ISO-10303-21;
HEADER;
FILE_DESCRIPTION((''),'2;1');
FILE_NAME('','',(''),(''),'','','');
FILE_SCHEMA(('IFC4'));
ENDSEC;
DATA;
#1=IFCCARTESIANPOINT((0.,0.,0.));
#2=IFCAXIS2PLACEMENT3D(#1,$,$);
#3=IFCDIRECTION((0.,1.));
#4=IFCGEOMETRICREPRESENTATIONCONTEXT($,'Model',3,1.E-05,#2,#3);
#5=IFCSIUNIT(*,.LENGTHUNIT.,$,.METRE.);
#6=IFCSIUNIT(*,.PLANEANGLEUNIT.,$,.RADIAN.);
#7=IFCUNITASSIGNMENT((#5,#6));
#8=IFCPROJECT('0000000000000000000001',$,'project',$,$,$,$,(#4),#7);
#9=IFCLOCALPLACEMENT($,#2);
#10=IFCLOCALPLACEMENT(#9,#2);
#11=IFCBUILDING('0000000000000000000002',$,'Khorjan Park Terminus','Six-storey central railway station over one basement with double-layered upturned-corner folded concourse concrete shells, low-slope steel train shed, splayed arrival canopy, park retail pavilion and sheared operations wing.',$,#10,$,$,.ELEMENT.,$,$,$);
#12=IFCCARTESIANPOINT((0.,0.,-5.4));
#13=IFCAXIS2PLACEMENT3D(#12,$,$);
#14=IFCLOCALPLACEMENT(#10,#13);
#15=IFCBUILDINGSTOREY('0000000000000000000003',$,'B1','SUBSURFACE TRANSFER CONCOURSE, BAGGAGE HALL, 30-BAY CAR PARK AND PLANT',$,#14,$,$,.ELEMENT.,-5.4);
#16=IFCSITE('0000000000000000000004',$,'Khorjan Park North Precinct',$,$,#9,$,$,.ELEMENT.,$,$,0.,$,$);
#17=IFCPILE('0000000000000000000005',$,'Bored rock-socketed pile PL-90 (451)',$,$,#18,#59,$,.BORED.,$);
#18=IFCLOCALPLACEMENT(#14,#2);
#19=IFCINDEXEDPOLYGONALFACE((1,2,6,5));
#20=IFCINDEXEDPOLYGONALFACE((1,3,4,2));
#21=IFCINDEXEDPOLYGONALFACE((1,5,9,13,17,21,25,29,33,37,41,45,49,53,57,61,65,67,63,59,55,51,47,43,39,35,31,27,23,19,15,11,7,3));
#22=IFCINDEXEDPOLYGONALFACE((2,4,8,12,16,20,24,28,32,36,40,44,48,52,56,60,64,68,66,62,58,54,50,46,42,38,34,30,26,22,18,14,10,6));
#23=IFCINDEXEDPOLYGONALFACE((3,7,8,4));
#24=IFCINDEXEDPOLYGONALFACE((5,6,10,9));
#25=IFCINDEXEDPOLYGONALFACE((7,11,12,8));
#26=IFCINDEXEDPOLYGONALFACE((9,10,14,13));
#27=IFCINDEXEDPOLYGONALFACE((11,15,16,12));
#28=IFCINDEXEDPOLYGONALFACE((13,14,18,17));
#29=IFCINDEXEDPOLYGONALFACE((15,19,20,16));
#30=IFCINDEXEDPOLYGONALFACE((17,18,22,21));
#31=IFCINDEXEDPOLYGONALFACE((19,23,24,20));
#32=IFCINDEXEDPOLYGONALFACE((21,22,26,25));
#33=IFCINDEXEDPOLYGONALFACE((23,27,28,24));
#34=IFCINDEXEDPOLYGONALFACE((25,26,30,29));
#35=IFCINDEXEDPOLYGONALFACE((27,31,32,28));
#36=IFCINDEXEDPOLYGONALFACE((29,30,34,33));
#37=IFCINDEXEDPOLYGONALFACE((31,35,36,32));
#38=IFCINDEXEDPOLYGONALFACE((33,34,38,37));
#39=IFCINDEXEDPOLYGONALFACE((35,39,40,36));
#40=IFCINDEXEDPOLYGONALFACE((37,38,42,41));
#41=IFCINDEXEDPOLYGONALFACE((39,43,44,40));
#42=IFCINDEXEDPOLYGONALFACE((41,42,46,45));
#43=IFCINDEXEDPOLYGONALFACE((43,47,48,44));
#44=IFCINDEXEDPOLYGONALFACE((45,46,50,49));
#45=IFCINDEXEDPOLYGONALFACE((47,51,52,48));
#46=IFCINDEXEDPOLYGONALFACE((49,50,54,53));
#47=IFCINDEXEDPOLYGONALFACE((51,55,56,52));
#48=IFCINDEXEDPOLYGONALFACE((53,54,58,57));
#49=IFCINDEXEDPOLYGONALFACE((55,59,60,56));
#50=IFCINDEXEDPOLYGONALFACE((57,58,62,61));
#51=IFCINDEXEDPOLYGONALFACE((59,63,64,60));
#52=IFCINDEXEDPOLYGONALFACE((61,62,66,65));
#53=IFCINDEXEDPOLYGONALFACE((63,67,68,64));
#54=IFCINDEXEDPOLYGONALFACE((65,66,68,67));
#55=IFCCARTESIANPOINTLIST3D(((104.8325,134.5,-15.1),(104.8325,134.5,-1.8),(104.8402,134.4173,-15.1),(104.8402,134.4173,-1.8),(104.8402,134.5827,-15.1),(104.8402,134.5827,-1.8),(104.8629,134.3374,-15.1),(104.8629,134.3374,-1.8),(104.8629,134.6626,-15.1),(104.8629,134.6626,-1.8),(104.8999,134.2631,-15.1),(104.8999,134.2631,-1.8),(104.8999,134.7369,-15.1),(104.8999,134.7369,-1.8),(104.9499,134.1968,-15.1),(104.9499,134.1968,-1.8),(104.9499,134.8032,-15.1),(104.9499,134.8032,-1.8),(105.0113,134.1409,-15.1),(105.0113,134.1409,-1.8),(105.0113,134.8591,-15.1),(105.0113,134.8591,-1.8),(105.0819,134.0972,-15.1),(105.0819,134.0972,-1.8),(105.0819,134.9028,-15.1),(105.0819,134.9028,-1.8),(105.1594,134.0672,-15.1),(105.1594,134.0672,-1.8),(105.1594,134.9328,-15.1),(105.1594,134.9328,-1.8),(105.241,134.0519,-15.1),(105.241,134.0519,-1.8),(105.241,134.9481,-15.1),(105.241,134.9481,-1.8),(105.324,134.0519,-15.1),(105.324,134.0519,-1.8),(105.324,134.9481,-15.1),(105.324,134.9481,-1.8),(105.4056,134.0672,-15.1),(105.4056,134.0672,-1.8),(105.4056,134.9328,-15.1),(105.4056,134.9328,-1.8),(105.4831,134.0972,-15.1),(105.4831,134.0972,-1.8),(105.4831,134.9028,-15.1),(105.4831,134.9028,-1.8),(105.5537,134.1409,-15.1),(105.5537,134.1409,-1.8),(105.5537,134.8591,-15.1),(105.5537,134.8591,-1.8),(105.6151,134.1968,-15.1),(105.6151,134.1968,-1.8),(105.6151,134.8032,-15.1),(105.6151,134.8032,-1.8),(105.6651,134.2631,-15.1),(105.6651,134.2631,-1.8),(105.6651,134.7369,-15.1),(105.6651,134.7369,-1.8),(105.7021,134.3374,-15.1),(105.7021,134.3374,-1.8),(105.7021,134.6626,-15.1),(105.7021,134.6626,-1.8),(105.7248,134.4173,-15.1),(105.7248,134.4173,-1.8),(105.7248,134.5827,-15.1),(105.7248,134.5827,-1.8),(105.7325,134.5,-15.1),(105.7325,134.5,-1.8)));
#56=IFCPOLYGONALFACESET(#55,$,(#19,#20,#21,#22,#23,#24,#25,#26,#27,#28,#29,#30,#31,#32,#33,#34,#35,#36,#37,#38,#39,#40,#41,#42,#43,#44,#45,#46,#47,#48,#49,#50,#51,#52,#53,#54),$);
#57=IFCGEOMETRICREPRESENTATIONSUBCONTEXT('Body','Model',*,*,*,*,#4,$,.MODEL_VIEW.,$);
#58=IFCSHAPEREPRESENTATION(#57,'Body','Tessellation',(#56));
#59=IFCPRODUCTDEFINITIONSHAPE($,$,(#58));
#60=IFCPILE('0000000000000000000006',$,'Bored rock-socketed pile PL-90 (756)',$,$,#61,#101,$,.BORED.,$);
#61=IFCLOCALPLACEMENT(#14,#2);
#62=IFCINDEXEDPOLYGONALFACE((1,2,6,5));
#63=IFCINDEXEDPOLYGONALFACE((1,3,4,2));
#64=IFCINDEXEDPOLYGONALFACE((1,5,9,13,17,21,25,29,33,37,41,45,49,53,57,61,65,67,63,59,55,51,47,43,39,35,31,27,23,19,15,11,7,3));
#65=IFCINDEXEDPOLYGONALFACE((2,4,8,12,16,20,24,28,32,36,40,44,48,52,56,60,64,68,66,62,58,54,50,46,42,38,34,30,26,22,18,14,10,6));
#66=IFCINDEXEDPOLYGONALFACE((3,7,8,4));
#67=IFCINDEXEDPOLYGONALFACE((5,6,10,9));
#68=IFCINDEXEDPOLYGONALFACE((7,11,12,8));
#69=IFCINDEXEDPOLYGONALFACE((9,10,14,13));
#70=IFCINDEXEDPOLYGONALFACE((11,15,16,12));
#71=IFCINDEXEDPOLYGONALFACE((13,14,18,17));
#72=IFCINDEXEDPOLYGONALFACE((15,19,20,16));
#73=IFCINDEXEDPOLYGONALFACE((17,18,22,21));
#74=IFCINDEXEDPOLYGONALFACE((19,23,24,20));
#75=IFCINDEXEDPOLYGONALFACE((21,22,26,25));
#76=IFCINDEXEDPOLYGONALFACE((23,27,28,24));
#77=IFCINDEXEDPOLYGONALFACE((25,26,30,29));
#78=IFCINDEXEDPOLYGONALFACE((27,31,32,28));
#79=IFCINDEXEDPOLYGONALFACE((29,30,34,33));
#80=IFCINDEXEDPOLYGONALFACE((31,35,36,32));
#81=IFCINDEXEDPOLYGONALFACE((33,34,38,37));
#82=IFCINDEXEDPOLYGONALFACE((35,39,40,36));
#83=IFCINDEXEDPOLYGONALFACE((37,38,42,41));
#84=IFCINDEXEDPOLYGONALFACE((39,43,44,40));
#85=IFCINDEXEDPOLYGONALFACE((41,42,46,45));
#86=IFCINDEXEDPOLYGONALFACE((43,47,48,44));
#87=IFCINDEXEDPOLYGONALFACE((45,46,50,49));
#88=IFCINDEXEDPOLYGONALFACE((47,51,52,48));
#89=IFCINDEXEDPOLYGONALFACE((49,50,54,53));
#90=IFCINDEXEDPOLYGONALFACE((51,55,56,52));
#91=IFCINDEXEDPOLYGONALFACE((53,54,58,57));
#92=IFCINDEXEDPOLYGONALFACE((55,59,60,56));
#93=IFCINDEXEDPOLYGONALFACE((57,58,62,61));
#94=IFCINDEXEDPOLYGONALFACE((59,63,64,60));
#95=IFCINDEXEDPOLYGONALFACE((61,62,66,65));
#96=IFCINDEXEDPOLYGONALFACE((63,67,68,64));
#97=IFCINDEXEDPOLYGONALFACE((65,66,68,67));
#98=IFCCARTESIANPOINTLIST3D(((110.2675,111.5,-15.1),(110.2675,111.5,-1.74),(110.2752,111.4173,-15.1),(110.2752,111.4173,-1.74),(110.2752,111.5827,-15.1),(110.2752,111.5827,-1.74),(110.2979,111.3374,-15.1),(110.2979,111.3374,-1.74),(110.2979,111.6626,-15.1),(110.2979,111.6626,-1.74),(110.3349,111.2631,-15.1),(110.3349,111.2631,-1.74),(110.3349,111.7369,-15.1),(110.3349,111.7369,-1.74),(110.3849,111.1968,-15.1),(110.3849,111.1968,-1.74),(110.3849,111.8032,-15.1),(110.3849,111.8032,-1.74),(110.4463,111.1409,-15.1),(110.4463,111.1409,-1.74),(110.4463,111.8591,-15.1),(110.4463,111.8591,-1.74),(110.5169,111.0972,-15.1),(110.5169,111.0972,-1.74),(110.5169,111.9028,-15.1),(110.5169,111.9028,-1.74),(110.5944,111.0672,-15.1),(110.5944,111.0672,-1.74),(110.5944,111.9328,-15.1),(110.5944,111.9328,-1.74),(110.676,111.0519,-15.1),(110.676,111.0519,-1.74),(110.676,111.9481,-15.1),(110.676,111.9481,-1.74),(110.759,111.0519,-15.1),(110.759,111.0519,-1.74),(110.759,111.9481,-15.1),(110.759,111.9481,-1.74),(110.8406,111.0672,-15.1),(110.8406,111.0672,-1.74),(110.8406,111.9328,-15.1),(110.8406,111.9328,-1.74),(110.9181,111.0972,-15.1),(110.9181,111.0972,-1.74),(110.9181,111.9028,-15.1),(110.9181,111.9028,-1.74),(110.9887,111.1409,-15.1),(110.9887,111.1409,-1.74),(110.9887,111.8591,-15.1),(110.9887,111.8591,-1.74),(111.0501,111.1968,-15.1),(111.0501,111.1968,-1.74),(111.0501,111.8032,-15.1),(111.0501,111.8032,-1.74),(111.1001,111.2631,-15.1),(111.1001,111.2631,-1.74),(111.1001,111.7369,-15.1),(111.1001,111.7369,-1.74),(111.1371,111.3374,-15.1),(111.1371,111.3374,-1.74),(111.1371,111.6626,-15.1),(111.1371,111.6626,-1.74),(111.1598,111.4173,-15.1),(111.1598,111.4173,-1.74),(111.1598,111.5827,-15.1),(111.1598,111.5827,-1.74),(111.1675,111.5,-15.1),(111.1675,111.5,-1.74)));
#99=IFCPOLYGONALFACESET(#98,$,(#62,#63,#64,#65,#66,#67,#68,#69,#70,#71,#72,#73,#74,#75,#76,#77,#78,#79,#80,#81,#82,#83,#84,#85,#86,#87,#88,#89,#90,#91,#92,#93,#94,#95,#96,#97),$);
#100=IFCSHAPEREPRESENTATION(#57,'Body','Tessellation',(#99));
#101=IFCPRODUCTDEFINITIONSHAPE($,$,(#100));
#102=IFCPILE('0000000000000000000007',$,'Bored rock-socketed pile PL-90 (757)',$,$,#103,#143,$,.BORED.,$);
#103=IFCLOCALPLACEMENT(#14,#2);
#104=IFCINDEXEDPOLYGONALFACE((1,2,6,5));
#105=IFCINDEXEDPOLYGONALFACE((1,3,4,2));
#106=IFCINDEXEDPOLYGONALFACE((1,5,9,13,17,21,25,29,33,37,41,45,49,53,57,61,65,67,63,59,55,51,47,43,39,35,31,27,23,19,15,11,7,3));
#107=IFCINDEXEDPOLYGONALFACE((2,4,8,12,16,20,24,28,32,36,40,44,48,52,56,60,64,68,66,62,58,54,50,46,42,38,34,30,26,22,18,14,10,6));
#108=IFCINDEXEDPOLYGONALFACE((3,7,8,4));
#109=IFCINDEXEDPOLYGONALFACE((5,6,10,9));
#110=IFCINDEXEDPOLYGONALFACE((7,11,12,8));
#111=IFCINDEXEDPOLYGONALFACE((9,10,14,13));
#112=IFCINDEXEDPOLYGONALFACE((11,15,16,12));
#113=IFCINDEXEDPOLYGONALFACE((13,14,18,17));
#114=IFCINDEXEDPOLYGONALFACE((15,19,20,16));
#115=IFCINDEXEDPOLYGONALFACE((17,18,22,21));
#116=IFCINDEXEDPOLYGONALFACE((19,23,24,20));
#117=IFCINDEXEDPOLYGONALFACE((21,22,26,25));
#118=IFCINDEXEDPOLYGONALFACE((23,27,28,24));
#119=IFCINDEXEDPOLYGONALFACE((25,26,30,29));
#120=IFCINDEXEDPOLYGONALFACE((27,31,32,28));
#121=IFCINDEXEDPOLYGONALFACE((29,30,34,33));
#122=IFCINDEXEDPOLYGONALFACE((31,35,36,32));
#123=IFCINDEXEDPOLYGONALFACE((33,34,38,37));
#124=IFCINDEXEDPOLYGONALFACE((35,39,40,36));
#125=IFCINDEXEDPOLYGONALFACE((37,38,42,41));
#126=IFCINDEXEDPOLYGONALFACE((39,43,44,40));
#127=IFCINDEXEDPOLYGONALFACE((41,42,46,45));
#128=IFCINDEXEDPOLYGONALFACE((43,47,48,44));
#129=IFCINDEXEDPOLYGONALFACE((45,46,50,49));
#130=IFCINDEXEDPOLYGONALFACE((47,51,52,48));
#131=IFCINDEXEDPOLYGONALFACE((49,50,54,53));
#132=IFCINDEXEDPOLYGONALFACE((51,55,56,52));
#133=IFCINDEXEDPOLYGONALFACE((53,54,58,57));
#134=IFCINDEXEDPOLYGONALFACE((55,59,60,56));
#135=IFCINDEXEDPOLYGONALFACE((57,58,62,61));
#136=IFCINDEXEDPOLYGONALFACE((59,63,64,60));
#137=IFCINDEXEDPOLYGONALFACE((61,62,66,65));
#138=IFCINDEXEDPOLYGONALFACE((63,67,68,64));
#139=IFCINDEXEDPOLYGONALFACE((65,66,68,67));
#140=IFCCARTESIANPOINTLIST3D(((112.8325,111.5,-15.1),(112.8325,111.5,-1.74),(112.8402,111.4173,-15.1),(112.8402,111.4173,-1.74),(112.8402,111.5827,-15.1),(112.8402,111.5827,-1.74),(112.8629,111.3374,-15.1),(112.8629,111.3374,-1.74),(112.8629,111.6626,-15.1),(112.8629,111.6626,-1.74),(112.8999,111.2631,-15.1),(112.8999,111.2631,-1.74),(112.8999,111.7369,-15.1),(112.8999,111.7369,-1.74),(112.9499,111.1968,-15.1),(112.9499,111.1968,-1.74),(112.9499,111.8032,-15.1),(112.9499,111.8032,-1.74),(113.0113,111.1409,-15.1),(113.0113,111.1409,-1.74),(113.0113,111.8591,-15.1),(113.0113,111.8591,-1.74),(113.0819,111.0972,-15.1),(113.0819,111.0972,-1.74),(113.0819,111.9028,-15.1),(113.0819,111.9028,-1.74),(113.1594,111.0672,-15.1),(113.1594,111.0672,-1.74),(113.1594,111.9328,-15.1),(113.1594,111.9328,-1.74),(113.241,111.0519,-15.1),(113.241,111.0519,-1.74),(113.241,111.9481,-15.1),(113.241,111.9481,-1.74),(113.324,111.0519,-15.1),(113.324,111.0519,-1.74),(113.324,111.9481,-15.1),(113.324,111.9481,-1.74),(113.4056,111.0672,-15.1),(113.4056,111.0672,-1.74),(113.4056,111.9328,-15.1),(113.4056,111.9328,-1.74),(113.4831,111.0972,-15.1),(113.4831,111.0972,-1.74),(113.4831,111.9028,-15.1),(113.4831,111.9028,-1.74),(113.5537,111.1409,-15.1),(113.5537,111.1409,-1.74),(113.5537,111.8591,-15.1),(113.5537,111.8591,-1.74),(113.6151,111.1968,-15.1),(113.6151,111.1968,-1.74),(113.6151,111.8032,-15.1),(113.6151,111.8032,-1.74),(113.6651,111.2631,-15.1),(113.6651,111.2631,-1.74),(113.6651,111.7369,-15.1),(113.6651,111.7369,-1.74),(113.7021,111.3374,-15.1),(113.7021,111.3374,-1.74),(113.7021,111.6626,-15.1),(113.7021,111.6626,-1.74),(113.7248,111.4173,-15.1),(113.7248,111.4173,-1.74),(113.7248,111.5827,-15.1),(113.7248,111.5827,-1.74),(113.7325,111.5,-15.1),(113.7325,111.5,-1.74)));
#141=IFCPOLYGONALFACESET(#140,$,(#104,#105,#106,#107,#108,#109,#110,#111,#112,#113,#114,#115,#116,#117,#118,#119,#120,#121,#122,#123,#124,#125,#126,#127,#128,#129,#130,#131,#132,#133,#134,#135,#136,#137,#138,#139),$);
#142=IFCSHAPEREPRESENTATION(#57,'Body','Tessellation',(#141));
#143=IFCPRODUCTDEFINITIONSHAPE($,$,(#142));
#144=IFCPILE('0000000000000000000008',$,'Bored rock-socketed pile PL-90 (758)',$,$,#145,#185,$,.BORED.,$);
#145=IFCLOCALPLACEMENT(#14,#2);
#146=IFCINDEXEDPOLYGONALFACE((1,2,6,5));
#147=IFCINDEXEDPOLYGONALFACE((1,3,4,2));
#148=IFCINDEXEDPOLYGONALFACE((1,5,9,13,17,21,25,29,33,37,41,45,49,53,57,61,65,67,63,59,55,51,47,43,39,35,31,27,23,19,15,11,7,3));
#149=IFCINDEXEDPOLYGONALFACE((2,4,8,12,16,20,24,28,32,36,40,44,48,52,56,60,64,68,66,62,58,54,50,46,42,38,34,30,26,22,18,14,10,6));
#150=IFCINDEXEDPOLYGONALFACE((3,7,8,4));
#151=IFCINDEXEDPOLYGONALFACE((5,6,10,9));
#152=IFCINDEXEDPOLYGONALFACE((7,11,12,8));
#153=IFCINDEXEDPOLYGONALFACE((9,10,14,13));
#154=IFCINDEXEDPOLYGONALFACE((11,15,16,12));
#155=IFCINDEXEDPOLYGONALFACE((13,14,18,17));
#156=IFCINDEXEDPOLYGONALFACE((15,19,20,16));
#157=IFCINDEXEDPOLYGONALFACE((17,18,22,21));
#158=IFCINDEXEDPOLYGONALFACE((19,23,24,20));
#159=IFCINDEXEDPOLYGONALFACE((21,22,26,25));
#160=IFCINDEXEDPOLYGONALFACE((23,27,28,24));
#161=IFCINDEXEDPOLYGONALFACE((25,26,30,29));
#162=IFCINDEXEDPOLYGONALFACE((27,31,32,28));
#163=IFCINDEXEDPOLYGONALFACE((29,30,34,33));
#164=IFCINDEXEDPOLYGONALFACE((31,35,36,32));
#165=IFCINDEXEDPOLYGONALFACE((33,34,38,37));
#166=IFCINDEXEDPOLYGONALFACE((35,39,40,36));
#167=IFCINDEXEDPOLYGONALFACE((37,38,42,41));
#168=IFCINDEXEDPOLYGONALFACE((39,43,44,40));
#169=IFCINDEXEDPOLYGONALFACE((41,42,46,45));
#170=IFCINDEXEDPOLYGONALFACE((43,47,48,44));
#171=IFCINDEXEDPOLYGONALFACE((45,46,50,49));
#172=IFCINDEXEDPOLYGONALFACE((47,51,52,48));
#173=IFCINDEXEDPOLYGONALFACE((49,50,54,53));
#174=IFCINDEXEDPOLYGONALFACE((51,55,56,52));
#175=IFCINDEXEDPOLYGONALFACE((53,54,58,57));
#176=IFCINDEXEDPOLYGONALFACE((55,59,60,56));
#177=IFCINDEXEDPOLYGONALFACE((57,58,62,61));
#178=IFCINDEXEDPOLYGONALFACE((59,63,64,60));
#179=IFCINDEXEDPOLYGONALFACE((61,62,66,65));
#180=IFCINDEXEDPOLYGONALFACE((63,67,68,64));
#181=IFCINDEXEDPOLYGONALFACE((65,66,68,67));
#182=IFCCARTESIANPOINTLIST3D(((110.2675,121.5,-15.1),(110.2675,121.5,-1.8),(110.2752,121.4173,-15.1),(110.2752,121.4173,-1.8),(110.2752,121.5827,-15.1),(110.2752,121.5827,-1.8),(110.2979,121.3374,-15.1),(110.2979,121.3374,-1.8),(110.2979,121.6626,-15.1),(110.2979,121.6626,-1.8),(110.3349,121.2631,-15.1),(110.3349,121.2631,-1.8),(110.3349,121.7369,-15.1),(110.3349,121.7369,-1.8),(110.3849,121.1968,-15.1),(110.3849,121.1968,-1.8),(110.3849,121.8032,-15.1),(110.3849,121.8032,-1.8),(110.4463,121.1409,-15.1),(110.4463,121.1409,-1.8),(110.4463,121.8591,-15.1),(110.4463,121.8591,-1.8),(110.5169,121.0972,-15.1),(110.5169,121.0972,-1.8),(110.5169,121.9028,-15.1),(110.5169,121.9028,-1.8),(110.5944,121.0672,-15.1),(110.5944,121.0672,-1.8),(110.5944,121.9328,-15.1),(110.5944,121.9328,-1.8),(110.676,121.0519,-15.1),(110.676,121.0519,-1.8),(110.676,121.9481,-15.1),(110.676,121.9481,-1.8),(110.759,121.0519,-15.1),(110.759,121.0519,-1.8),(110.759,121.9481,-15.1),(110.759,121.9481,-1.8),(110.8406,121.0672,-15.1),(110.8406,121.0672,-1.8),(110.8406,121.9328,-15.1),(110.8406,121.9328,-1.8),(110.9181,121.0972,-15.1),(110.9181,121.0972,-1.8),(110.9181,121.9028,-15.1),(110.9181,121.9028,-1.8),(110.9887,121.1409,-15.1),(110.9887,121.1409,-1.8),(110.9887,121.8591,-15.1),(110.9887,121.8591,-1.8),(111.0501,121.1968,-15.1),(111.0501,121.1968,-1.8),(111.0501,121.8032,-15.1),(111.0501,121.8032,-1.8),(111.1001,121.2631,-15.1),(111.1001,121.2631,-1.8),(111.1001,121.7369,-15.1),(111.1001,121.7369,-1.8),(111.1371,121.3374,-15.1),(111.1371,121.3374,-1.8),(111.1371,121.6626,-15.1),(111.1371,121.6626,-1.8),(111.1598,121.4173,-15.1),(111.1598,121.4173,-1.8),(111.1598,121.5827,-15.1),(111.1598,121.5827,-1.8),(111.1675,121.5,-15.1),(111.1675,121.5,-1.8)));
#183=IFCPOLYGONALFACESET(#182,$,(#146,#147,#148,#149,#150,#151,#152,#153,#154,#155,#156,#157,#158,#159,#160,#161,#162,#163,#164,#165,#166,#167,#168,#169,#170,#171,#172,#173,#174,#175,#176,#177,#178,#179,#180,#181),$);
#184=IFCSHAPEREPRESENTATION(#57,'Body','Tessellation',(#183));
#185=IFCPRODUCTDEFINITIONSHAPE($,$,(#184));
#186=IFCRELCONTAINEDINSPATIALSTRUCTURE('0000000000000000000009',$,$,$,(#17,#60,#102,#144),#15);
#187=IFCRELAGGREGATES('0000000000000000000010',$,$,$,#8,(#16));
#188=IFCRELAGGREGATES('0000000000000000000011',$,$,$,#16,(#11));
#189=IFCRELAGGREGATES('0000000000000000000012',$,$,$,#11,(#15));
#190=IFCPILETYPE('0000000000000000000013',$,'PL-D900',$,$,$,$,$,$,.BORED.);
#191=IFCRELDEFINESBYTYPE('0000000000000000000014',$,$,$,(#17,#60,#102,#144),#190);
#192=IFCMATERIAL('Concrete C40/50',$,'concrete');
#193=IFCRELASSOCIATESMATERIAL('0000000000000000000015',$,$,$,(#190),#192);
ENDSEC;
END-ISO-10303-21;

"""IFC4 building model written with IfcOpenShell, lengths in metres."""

from ifc_helpers import new_model, si_unit, direction, frame, origin, origin_2d, place, context, subcontext, project, spatial, circle, extrude, material, material_profile, profile_set, type_object, element, save


model = new_model("IFC4")

# Units and contexts
model_context = context("Model", 3, precision=1e-05, world=origin(), true_north=direction((0.0, 1.0)))
body_context = subcontext(model_context, "Body", "Model", "MODEL_VIEW")
ifc_project = project(units=[si_unit("LENGTHUNIT", "METRE"), si_unit("PLANEANGLEUNIT", "RADIAN")], contexts=[model_context])

# Site, building, storey
site_placement = place(None, origin())
site = spatial("IfcSite", under=ifc_project, at=site_placement, Name="Khorjan Park North Precinct", CompositionType="ELEMENT", RefElevation=0.0)
building_placement = place(site_placement, origin())
building = spatial("IfcBuilding", under=site, at=building_placement, Name="Khorjan Park Terminus", Description="Six-storey central railway station over one basement with double-layered upturned-corner folded concourse concrete shells, low-slope steel train shed, splayed arrival canopy, park retail pavilion and sheared operations wing.", CompositionType="ELEMENT")
storey_placement = place(building_placement, frame((0.0, 0.0, -5.4)))
storey = spatial("IfcBuildingStorey", under=building, at=storey_placement, Name="B1", Description="SUBSURFACE TRANSFER CONCOURSE, BAGGAGE HALL, 30-BAY CAR PARK AND PLANT", CompositionType="ELEMENT", Elevation=-5.4)

# Shared definitions
ifc_material_1 = material(Name="Concrete C40/50", Category="concrete")

# Piles
ifc_material_profile_1 = material_profile(ifc_material_1, circle(Radius=0.45, at=origin_2d()), Name="BORED D900")
ifc_profile_set_1 = profile_set([ifc_material_profile_1], Name="Concrete C40/50")
pile_type_1 = type_object("IfcPileType", Name="PL-D900", PredefinedType="BORED", material=ifc_profile_set_1)
pile_1_placement = place(storey_placement, frame((105.2825, 134.5, -1.8), z_axis=(0.0, 0.0, -1.0), x_axis=(1.0, 0.0, 0.0)))
element("IfcPile", 1, at=pile_1_placement, inside=storey, type_object=pile_type_1, Name="Bored rock-socketed pile PL-90 (451)", PredefinedType="BORED", context=body_context, shape_type="SweptSolid", body=[
    extrude(circle(Radius=0.45, at=origin_2d()), origin(), (0.0, 0.0, 1.0), 13.3),
])
for number, where, z_axis, x_axis, name in (
    (2, (110.7175, 111.5, -1.74), (0.0, 0.0, -1.0), (1.0, 0.0, 0.0), "Bored rock-socketed pile PL-90 (756)"),
    (3, (113.2825, 111.5, -1.74), (0.0, 0.0, -1.0), (1.0, 0.0, 0.0), "Bored rock-socketed pile PL-90 (757)"),
):
    element("IfcPile", number, at=place(storey_placement, frame(where, z_axis=z_axis, x_axis=x_axis)), inside=storey, type_object=pile_type_1, Name=name, PredefinedType="BORED", context=body_context, shape_type="SweptSolid", body=[
        extrude(circle(Radius=0.45, at=origin_2d()), origin(), (0.0, 0.0, 1.0), 13.36),
    ])
for number, where, z_axis, x_axis, name in (
    (4, (110.7175, 121.5, -1.8), (0.0, 0.0, -1.0), (1.0, 0.0, 0.0), "Bored rock-socketed pile PL-90 (758)"),
):
    element("IfcPile", number, at=place(storey_placement, frame(where, z_axis=z_axis, x_axis=x_axis)), inside=storey, type_object=pile_type_1, Name=name, PredefinedType="BORED", context=body_context, shape_type="SweptSolid", body=[
        extrude(circle(Radius=0.45, at=origin_2d()), origin(), (0.0, 0.0, 1.0), 13.3),
    ])

save(model, "model.ifc")
